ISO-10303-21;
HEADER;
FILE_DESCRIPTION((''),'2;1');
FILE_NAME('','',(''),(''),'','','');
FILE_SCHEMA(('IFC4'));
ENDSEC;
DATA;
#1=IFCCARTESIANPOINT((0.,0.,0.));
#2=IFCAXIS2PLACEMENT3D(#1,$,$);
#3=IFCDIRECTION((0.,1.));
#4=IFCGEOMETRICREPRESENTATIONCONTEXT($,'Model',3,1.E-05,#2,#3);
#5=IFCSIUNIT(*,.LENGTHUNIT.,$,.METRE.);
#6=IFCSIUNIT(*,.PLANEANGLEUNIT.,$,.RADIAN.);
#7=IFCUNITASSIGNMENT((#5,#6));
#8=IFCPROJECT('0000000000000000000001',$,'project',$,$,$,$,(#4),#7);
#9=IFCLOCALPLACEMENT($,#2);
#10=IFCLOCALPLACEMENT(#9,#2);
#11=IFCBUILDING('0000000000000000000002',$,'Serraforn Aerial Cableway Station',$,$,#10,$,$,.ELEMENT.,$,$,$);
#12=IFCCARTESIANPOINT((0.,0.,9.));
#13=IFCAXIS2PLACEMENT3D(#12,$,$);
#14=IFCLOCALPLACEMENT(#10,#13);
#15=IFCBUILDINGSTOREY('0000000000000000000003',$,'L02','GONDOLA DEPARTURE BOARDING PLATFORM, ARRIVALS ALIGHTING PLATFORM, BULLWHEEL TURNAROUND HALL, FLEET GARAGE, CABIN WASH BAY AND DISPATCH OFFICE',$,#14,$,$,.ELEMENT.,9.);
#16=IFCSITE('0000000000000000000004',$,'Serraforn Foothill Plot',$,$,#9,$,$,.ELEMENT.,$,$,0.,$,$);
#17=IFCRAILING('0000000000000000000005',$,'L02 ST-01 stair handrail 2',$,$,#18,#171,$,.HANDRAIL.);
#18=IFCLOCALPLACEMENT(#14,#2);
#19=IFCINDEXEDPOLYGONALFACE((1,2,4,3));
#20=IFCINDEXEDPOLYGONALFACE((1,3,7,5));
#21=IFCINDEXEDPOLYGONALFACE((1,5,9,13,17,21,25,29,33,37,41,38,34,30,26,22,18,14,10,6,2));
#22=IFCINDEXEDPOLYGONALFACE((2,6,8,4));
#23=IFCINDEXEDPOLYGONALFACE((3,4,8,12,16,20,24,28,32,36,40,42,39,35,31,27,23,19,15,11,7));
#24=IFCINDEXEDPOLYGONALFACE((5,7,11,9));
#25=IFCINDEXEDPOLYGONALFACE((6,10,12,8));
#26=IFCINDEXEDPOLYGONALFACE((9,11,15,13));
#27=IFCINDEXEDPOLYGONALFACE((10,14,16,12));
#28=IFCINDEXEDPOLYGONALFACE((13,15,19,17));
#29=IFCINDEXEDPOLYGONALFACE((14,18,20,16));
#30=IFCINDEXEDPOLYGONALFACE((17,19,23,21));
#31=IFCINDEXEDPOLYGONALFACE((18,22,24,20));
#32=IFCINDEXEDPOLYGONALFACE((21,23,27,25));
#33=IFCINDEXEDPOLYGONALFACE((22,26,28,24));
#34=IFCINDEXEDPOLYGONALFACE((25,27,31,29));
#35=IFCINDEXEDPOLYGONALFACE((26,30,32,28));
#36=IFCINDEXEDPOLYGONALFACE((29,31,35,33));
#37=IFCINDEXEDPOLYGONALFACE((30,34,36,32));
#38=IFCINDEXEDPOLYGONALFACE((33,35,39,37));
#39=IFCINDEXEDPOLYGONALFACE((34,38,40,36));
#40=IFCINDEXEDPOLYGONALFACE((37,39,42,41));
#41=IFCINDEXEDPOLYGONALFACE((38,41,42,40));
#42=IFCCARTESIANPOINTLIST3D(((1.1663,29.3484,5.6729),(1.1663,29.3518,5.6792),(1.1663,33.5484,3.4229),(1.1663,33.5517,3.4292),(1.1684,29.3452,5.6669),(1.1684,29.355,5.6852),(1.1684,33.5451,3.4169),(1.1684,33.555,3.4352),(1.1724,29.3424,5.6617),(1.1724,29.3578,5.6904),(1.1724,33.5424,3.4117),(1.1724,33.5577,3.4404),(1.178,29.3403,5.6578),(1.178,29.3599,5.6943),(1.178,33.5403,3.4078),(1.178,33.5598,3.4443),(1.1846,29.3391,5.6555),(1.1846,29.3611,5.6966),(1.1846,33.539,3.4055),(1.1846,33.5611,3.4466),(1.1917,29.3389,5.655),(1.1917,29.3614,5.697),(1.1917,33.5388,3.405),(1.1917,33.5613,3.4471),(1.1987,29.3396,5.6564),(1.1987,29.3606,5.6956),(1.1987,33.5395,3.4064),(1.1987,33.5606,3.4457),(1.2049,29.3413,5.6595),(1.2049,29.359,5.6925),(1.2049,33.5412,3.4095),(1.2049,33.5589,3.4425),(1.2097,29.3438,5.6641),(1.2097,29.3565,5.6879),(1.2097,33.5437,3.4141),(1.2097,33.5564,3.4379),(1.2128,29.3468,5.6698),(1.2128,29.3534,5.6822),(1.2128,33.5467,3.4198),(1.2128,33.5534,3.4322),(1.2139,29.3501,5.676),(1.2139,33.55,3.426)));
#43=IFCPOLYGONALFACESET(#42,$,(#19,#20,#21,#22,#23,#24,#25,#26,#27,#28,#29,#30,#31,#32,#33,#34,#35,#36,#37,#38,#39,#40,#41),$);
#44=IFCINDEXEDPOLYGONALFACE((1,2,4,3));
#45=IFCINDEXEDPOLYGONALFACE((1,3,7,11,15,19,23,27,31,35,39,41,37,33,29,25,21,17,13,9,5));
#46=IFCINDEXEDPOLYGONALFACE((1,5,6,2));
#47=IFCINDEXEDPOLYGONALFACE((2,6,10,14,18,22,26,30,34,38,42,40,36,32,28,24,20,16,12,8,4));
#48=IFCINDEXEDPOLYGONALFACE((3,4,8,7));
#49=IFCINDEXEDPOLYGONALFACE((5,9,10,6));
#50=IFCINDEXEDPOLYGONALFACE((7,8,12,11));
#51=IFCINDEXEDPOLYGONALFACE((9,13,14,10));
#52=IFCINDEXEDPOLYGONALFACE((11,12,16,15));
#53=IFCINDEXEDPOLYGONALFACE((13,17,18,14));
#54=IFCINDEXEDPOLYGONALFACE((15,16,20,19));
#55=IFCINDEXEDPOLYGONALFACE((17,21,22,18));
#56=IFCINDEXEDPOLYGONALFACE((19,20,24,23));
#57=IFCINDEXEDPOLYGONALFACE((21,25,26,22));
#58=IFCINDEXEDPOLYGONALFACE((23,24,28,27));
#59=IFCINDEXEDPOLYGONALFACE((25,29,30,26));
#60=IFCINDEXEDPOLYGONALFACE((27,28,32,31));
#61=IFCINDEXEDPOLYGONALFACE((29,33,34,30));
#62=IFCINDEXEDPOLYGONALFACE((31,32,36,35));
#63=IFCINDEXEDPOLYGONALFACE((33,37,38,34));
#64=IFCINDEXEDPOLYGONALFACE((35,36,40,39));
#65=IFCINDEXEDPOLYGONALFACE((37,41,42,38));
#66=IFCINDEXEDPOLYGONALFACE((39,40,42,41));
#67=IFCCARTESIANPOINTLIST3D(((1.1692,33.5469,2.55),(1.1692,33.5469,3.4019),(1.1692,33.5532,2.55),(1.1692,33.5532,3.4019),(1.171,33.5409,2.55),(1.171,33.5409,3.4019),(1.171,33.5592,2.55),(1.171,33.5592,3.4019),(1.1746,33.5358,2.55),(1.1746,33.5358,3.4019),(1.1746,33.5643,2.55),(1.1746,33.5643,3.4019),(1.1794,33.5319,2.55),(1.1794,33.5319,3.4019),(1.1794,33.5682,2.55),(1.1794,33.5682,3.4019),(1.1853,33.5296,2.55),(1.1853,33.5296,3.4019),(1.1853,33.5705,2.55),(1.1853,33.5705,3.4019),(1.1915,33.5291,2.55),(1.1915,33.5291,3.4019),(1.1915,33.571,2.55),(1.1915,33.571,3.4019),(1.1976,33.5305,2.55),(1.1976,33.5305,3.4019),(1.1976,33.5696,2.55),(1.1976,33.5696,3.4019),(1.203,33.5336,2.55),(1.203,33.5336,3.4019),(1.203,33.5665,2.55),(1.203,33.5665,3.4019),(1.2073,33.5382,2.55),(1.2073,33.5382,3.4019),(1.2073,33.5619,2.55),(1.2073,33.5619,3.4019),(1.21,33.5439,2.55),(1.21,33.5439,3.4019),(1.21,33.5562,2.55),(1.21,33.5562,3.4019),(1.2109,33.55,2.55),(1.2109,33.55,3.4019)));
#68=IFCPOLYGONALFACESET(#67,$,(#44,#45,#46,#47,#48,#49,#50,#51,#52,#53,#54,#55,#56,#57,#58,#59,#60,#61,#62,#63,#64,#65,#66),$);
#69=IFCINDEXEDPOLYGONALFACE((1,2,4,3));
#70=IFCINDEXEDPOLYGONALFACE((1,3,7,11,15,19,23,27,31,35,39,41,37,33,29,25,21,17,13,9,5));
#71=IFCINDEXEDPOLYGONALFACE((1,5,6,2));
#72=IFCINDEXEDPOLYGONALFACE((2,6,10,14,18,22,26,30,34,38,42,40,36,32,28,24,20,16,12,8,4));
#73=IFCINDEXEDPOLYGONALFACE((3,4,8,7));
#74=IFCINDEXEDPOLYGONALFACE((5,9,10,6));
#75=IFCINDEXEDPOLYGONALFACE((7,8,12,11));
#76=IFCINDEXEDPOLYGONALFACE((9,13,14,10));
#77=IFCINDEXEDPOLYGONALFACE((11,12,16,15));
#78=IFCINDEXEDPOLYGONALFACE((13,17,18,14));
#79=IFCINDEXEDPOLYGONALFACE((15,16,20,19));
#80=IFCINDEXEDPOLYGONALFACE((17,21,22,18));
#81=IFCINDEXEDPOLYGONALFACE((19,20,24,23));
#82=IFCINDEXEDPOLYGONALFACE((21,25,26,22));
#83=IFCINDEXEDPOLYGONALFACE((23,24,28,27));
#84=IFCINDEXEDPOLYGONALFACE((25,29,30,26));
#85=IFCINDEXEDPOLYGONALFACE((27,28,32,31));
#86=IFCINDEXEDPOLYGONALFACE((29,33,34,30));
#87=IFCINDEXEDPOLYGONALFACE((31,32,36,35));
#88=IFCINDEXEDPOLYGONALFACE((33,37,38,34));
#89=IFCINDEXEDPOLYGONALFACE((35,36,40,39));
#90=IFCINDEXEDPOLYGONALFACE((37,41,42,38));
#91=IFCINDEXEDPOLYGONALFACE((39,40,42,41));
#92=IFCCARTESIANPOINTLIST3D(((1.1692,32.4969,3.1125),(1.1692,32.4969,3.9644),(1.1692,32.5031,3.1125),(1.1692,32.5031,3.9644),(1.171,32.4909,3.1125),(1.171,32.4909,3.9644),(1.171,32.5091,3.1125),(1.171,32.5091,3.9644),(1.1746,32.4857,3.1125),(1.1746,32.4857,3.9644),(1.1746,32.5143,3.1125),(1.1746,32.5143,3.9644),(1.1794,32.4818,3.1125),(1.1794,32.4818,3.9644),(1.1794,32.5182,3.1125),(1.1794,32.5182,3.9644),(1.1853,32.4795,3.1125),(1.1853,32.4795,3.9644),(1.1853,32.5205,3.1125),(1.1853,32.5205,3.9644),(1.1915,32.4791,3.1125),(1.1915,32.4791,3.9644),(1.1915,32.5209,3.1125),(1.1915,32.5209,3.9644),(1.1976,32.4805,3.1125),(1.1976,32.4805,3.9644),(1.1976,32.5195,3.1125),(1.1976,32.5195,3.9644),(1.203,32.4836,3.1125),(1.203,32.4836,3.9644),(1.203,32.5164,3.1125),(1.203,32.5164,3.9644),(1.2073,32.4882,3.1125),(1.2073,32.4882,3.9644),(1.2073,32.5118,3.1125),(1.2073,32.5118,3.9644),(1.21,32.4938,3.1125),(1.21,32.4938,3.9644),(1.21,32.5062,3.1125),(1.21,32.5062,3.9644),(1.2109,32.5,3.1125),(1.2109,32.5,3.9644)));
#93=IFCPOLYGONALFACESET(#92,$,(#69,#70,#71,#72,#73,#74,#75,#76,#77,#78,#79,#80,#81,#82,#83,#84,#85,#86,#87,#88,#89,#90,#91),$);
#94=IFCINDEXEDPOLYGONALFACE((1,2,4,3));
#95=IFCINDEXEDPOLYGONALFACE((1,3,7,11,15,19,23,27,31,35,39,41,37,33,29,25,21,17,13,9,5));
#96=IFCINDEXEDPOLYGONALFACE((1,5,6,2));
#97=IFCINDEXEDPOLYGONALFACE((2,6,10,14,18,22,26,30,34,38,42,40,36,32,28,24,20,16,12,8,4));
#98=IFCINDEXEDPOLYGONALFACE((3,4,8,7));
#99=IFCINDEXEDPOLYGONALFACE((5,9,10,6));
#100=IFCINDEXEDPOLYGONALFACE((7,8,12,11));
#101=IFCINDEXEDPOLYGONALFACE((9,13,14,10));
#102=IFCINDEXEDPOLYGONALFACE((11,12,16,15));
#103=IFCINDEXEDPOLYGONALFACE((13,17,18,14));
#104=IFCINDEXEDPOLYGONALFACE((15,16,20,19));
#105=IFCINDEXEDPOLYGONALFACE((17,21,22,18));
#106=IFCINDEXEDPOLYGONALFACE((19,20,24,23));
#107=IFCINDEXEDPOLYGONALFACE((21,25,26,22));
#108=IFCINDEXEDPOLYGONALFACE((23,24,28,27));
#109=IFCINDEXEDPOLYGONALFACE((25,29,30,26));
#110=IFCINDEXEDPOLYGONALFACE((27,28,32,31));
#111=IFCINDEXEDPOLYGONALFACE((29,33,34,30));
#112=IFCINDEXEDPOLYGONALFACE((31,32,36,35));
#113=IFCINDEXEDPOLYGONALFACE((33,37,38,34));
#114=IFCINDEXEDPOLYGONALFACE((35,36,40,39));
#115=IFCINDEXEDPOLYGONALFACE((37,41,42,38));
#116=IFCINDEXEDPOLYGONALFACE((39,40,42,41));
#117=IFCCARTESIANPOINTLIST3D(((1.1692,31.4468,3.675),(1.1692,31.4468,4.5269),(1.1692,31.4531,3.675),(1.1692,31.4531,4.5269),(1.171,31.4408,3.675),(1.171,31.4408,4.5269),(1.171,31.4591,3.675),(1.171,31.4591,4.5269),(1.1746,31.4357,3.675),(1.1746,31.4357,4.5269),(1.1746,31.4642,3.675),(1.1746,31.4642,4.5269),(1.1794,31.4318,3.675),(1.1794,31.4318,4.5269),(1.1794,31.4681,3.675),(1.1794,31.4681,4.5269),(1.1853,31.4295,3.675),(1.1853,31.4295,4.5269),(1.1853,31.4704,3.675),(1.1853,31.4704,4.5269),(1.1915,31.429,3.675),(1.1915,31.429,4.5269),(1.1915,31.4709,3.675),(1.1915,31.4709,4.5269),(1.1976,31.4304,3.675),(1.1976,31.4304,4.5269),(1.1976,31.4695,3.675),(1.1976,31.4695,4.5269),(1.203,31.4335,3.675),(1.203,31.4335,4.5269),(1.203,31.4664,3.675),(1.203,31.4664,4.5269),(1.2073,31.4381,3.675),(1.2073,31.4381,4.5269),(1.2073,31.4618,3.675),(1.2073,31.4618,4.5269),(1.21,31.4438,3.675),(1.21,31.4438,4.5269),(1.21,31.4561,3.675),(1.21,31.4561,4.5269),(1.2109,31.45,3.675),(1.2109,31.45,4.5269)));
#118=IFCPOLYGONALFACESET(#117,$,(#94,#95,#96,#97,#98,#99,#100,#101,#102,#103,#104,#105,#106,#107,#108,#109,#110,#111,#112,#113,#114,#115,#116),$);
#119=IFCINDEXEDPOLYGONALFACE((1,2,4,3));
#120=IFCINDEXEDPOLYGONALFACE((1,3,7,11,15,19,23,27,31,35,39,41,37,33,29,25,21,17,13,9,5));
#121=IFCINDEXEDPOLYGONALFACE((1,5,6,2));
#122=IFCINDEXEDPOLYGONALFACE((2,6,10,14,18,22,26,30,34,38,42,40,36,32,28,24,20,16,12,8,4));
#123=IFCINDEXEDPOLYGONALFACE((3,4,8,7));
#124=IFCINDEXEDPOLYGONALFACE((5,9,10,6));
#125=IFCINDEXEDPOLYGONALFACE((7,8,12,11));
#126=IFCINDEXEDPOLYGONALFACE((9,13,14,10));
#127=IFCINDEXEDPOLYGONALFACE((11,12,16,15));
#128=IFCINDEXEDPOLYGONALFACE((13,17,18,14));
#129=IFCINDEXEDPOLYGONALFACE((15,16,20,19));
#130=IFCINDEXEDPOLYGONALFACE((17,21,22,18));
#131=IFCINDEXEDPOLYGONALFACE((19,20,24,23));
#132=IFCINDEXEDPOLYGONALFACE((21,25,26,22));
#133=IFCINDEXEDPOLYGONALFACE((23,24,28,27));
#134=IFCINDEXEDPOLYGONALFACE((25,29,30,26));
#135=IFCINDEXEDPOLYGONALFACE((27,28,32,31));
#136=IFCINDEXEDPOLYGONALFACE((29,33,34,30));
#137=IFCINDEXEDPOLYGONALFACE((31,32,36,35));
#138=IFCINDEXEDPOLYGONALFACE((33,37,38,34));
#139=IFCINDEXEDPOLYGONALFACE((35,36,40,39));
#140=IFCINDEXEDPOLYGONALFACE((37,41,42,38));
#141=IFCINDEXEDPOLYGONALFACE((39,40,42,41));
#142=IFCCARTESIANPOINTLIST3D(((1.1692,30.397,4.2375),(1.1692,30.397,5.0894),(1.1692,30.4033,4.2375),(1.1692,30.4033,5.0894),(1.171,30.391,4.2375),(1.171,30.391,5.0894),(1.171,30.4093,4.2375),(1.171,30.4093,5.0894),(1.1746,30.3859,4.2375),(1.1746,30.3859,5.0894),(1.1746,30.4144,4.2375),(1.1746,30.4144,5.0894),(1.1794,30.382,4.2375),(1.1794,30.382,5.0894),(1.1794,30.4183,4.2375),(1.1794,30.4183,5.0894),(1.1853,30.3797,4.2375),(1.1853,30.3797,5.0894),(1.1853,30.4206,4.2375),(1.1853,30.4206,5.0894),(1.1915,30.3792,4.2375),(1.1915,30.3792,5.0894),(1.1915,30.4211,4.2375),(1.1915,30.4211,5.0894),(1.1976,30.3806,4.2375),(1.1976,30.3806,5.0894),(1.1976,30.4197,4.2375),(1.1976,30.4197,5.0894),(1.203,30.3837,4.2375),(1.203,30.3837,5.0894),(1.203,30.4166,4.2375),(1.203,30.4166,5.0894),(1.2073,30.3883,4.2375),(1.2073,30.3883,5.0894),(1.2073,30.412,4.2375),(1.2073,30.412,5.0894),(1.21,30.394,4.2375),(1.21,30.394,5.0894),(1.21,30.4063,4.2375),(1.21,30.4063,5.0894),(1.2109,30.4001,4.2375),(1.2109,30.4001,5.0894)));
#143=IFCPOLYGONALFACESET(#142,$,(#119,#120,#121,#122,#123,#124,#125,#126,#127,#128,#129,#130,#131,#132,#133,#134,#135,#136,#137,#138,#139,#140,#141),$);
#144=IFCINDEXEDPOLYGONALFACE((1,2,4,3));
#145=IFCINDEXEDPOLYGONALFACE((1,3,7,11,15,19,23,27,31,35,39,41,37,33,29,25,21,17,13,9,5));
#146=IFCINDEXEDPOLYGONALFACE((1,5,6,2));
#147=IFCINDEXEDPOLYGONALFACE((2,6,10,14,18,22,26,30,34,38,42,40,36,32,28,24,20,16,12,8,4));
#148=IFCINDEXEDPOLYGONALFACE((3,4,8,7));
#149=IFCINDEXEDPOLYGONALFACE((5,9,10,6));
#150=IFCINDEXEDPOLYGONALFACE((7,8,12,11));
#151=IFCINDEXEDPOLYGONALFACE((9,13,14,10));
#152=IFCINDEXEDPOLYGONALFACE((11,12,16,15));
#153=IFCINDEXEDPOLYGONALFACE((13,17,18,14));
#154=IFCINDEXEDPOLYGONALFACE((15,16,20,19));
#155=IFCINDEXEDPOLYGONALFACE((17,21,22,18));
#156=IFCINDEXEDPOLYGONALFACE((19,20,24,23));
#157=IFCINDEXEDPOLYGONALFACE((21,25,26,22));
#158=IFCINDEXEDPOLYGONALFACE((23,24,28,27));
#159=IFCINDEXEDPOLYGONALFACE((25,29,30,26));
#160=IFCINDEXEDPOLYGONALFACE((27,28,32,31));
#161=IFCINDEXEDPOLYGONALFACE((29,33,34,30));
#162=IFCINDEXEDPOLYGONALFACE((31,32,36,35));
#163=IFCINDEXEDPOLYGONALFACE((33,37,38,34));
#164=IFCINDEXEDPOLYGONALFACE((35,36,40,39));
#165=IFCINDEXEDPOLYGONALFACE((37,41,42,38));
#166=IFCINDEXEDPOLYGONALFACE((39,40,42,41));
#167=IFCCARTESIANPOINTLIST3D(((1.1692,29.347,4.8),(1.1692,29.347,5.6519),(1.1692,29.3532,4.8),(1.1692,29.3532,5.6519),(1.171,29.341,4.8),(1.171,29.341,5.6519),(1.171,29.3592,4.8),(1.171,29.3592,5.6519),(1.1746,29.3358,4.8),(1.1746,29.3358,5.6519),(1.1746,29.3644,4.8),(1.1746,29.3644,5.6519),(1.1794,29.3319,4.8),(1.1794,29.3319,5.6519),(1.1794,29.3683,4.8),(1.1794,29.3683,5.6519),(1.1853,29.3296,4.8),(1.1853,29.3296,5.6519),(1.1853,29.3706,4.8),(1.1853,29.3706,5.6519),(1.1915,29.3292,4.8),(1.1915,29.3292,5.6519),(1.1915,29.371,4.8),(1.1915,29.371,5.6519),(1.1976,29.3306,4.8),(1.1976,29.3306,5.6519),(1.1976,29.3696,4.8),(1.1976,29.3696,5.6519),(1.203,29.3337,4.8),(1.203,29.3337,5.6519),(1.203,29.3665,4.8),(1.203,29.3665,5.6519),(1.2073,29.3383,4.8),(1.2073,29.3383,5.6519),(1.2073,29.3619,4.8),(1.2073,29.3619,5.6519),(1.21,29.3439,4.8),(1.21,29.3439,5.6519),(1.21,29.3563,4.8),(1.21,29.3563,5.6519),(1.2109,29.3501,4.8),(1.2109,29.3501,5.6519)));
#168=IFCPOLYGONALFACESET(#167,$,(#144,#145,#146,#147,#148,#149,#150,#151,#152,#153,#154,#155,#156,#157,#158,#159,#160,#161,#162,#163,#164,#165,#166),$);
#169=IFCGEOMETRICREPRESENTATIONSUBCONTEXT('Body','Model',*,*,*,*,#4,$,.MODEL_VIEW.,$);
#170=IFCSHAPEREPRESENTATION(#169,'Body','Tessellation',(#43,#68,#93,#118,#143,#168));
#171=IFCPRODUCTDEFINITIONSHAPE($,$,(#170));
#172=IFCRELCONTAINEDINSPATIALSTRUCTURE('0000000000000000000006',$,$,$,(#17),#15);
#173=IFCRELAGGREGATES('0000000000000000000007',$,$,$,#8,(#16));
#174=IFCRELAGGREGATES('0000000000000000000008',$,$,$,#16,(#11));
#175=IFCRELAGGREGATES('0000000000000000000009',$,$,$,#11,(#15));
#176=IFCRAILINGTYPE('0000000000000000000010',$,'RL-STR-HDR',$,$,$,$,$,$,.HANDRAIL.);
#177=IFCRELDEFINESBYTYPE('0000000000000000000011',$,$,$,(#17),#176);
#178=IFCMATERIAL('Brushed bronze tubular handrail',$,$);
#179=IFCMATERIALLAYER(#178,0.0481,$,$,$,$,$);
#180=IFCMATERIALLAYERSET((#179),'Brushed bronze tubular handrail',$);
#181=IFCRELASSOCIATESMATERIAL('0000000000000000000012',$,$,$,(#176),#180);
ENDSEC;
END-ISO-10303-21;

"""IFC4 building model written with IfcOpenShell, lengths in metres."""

from ifc_helpers import new_model, si_unit, direction, frame, origin, origin_2d, place, context, subcontext, project, spatial, circle, extrude, material, layer, layer_set, type_object, element, save


model = new_model("IFC4")

# Units and contexts
model_context = context("Model", 3, precision=1e-05, world=origin(), true_north=direction((0.0, 1.0)))
body_context = subcontext(model_context, "Body", "Model", "MODEL_VIEW")
ifc_project = project(units=[si_unit("LENGTHUNIT", "METRE"), si_unit("PLANEANGLEUNIT", "RADIAN")], contexts=[model_context])

# Site, building, storey
site_placement = place(None, origin())
site = spatial("IfcSite", under=ifc_project, at=site_placement, Name="Serraforn Foothill Plot", CompositionType="ELEMENT", RefElevation=0.0)
building_placement = place(site_placement, origin())
building = spatial("IfcBuilding", under=site, at=building_placement, Name="Serraforn Aerial Cableway Station", CompositionType="ELEMENT")
storey_placement = place(building_placement, frame((0.0, 0.0, 9.0)))
storey = spatial("IfcBuildingStorey", under=building, at=storey_placement, Name="L02", Description="GONDOLA DEPARTURE BOARDING PLATFORM, ARRIVALS ALIGHTING PLATFORM, BULLWHEEL TURNAROUND HALL, FLEET GARAGE, CABIN WASH BAY AND DISPATCH OFFICE", CompositionType="ELEMENT", Elevation=9.0)

# Railing
ifc_material_1 = material(Name="Brushed bronze tubular handrail")
ifc_layer_1 = layer(ifc_material_1, 0.0481)
ifc_layer_set_1 = layer_set([ifc_layer_1], Name="Brushed bronze tubular handrail")
railing_type_1 = type_object("IfcRailingType", Name="RL-STR-HDR", PredefinedType="HANDRAIL", material=ifc_layer_set_1)
railing_1_placement = place(storey_placement, frame((1.1899, 33.55, 2.55)))
element("IfcRailing", 1, at=railing_1_placement, inside=storey, type_object=railing_type_1, Name="L02 ST-01 stair handrail 2", PredefinedType="HANDRAIL", context=body_context, shape_type="SweptSolid", body=[
    extrude(circle(Radius=0.0239, at=origin_2d()), frame((0.0, 0.0, 0.876), z_axis=(0.0, -0.881478, 0.472226), x_axis=(1.0, 0.0, 0.0)), (0.0, 0.0, 1.0), 4.7646),
    extrude(circle(Radius=0.021, at=origin_2d()), origin(), (0.0, 0.0, 1.0), 0.8518),
    extrude(circle(Radius=0.021, at=origin_2d()), frame((0.0, -1.05, 0.5625)), (0.0, 0.0, 1.0), 0.8518),
    extrude(circle(Radius=0.021, at=origin_2d()), frame((0.0, -2.1001, 1.125)), (0.0, 0.0, 1.0), 0.8518),
    extrude(circle(Radius=0.021, at=origin_2d()), frame((0.0, -3.1499, 1.6875)), (0.0, 0.0, 1.0), 0.8518),
    extrude(circle(Radius=0.021, at=origin_2d()), frame((0.0, -4.2, 2.25)), (0.0, 0.0, 1.0), 0.8518),
])

save(model, "model.ifc")
